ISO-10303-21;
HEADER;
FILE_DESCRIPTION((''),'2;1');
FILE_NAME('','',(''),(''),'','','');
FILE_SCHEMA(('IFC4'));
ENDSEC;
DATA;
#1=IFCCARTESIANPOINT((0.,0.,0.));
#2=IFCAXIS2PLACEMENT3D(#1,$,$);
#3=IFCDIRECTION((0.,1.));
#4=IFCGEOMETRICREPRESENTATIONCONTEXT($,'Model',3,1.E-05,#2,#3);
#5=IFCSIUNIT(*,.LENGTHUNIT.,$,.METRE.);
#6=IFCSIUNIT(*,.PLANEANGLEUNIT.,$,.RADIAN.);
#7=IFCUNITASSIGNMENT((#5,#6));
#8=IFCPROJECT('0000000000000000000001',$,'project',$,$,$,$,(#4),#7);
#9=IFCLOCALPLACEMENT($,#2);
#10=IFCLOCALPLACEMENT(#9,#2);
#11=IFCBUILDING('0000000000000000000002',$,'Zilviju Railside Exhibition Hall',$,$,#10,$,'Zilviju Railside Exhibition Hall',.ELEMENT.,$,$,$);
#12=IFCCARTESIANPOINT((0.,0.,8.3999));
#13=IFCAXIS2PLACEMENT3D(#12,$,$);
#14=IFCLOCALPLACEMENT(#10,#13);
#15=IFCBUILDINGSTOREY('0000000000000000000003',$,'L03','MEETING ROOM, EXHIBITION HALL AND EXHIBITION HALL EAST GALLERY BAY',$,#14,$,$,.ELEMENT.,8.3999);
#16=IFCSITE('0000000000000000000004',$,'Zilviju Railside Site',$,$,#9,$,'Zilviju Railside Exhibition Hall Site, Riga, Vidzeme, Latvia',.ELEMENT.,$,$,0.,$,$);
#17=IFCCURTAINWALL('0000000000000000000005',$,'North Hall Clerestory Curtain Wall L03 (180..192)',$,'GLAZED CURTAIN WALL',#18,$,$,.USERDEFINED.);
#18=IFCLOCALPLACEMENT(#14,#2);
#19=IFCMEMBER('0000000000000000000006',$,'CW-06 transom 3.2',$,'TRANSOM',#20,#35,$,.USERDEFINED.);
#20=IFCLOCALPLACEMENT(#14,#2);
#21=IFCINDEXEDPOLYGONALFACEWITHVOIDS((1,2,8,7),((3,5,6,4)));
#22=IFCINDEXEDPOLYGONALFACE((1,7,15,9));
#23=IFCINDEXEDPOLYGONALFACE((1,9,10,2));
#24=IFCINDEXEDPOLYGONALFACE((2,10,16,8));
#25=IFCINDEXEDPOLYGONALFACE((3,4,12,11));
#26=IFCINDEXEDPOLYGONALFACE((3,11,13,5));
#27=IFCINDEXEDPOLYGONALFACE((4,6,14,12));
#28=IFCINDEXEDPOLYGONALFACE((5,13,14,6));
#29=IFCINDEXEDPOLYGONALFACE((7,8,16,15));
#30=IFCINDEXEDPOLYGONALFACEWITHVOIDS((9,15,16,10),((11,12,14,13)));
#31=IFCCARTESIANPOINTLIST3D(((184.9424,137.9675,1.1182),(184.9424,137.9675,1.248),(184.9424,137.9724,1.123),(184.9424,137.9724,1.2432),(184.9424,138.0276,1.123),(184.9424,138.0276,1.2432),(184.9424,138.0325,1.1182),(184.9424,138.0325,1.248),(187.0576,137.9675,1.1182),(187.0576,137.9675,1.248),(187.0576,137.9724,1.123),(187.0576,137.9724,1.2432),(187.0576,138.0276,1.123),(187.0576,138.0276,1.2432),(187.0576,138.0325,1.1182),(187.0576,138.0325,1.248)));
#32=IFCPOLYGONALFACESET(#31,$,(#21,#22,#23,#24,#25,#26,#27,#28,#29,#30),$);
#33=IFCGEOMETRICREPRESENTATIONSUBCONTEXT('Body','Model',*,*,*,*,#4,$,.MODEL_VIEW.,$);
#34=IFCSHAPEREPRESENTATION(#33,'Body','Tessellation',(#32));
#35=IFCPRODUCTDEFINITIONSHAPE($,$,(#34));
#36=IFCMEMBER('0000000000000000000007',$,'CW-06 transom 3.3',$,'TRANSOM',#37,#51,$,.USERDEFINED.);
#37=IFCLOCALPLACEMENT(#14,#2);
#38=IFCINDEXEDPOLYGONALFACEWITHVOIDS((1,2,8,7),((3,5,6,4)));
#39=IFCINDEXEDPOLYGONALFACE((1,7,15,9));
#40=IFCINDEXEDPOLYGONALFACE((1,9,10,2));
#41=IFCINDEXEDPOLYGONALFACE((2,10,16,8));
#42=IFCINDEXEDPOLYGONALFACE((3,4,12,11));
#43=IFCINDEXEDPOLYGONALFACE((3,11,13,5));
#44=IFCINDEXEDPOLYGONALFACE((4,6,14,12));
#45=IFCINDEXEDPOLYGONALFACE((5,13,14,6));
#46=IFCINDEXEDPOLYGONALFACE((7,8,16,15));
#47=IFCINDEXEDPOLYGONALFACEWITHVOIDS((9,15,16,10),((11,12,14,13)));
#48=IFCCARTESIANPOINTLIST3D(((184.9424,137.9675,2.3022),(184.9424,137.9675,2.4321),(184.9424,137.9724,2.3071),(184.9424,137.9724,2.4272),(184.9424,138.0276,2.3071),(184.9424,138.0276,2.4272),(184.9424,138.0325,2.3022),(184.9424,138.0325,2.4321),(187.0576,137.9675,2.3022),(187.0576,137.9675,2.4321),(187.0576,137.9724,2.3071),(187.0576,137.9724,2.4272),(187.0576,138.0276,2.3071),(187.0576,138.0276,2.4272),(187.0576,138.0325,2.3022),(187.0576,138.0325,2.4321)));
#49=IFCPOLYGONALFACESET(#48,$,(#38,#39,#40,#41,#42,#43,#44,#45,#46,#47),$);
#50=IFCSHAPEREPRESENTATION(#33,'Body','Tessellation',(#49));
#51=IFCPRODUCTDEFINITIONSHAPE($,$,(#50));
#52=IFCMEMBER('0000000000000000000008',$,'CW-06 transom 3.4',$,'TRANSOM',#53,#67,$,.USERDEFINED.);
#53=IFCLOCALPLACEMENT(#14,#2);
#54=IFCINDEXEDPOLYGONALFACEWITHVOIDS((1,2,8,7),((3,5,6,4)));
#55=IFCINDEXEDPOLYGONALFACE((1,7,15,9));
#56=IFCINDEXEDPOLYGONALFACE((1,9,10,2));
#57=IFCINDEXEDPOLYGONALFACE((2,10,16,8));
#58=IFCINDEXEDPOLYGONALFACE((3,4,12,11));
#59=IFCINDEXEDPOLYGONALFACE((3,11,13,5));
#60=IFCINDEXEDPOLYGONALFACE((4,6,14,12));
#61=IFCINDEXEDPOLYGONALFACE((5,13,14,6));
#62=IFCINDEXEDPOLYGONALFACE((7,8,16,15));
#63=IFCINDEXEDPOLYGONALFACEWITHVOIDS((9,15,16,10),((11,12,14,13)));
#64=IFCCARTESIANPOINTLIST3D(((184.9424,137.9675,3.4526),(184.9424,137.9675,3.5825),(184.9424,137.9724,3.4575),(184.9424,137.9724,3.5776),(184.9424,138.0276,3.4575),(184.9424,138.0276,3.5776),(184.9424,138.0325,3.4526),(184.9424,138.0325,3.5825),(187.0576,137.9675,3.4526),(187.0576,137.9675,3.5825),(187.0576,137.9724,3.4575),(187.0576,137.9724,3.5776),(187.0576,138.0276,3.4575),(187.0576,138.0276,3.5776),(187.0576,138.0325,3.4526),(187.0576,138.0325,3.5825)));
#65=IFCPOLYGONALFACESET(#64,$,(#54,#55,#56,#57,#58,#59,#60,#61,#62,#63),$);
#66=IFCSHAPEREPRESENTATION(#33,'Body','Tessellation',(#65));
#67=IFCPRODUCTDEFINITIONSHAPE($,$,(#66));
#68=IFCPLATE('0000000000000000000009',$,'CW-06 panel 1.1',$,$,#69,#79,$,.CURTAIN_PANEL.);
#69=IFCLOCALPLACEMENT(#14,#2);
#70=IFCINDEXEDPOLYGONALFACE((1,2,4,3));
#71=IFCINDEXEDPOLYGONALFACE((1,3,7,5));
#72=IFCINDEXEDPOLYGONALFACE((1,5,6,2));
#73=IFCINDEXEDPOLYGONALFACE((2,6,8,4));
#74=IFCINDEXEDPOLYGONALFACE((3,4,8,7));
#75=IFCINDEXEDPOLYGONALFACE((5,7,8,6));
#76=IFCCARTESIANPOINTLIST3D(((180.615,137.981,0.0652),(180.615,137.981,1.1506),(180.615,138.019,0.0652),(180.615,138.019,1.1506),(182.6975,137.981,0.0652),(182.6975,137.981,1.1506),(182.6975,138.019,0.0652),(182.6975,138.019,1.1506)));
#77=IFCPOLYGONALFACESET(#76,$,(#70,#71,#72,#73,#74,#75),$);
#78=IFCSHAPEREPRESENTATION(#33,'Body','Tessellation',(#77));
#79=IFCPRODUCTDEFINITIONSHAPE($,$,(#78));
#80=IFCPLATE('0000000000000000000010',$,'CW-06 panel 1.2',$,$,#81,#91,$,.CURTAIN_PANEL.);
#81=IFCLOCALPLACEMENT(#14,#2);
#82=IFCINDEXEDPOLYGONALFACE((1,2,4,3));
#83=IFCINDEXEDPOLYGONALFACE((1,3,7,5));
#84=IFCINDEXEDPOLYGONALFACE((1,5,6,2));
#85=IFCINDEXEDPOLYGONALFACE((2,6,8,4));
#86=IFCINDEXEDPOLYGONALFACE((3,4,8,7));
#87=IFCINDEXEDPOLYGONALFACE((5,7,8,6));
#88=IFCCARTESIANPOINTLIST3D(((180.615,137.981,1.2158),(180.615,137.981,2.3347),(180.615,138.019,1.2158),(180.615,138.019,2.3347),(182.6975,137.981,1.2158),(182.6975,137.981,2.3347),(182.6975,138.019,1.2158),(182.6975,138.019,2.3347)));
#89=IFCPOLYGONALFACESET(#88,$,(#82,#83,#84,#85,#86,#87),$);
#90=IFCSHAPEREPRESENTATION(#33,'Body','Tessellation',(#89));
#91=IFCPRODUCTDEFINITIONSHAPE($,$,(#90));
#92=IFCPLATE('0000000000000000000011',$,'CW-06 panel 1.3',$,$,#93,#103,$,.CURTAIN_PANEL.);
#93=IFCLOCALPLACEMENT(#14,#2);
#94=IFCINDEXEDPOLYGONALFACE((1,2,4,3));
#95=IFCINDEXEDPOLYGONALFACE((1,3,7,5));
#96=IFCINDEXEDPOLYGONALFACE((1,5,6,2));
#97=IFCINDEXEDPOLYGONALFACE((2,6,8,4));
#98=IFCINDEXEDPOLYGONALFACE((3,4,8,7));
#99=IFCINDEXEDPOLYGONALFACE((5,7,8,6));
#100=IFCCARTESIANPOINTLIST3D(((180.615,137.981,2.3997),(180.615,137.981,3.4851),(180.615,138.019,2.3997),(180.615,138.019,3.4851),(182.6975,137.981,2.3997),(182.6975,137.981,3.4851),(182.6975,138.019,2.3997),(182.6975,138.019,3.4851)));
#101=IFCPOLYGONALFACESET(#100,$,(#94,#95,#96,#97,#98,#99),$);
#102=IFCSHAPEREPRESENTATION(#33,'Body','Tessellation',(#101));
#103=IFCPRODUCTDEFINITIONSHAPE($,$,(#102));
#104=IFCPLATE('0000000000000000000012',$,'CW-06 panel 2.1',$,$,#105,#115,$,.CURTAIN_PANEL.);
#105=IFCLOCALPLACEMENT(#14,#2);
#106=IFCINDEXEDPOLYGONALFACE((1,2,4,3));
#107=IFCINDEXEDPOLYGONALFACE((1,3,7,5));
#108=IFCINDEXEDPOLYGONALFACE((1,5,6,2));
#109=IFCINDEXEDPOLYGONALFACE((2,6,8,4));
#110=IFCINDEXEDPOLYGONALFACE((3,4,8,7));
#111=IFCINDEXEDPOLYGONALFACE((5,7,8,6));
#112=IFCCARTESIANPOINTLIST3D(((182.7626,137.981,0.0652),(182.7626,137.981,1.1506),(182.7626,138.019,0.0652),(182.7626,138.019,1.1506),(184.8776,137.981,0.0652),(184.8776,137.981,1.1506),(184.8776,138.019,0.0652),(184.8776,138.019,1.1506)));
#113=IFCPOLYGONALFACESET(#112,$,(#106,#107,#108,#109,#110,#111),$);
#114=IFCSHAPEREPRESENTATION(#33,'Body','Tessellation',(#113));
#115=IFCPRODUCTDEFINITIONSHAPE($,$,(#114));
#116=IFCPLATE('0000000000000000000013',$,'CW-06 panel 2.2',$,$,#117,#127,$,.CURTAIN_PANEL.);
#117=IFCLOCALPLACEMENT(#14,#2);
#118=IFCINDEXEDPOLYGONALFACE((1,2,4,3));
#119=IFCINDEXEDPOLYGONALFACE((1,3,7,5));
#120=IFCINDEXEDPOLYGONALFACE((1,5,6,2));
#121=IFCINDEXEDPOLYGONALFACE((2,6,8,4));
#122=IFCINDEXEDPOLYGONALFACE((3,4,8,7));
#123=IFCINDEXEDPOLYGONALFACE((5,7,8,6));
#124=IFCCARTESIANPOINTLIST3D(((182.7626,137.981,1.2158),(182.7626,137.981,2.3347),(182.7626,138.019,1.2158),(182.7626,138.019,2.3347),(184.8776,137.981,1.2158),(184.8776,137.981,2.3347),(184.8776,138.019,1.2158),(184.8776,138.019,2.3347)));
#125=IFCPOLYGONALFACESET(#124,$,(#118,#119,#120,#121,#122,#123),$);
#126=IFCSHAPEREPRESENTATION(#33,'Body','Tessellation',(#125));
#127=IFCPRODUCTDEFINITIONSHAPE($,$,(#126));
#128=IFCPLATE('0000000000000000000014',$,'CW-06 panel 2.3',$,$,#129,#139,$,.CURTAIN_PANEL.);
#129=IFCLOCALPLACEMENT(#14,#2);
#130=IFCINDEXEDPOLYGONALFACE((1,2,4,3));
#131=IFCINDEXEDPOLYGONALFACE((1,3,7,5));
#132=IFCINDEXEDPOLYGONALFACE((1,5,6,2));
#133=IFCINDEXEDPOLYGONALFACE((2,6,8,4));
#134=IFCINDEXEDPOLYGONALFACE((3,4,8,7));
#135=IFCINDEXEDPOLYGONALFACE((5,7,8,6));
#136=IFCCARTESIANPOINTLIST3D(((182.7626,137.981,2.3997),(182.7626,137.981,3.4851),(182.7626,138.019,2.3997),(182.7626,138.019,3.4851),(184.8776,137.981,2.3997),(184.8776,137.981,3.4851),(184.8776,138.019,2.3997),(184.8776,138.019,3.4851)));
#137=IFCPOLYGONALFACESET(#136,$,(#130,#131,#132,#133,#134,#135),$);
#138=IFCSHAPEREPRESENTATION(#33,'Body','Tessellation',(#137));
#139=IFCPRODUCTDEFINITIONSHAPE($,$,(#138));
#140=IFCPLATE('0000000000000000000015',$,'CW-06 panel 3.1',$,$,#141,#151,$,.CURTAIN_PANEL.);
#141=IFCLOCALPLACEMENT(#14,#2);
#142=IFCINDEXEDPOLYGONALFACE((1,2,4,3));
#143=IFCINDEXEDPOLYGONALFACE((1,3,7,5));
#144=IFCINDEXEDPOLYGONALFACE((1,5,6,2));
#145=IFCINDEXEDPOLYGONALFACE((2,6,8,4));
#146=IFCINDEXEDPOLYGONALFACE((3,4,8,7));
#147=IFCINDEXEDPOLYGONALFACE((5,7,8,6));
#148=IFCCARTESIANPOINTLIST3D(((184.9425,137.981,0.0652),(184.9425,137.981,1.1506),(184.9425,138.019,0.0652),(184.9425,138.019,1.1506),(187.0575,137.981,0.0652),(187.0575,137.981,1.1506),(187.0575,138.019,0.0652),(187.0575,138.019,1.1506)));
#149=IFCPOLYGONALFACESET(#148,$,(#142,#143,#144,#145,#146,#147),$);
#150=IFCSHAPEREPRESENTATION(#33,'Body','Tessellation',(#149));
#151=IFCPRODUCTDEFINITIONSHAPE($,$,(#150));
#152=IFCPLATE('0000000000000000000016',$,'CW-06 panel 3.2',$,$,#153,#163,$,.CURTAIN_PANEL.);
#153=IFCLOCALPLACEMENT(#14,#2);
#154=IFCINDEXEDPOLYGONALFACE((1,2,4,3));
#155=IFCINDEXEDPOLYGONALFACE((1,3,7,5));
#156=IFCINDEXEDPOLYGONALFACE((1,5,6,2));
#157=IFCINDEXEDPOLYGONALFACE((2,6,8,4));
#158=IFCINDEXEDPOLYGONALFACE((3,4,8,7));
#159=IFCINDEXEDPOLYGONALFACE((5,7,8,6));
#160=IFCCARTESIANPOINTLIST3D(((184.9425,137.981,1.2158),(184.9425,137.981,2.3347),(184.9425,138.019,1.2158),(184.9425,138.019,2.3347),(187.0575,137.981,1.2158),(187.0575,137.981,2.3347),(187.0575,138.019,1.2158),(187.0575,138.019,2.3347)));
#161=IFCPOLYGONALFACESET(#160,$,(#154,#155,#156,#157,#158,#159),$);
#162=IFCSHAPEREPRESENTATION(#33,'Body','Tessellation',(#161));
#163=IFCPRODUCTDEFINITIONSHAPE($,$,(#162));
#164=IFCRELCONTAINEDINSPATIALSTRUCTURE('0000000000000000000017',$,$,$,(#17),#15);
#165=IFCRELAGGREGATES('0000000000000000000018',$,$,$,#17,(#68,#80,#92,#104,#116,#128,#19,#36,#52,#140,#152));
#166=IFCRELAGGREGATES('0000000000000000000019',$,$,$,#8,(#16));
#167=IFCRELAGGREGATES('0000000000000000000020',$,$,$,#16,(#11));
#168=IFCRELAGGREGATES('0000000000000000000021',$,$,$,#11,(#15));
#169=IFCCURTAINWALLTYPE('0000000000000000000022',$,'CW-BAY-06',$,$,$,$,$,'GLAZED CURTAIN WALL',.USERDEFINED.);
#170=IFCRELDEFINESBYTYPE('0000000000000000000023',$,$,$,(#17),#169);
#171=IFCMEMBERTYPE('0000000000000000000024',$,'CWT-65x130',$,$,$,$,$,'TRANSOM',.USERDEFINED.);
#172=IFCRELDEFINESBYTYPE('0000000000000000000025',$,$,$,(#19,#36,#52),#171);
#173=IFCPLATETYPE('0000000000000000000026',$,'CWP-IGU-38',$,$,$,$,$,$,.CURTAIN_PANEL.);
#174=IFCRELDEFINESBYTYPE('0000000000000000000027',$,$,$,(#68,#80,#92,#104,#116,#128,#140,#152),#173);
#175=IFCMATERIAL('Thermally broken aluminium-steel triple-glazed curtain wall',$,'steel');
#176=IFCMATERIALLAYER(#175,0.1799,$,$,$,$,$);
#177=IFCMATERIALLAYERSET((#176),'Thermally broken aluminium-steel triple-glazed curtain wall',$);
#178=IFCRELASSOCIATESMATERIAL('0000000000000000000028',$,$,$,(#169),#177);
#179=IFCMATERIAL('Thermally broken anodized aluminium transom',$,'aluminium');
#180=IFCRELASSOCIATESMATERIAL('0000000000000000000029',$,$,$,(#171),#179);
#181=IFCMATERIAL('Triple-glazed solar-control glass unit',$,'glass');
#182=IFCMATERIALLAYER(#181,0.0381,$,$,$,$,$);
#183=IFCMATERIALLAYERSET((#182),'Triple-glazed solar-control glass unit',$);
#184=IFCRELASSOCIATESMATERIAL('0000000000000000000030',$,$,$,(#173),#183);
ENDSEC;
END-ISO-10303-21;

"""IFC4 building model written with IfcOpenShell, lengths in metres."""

from ifc_helpers import new_model, si_unit, direction, frame, origin, origin_2d, place, context, subcontext, project, spatial, rectangle, hollow_rectangle, extrude, material, layer, layer_set, material_profile, profile_set, type_object, element, aggregate, save


model = new_model("IFC4")

# Units and contexts
model_context = context("Model", 3, precision=1e-05, world=origin(), true_north=direction((0.0, 1.0)))
body_context = subcontext(model_context, "Body", "Model", "MODEL_VIEW")
ifc_project = project(units=[si_unit("LENGTHUNIT", "METRE"), si_unit("PLANEANGLEUNIT", "RADIAN")], contexts=[model_context])

# Site, building, storey
site_placement = place(None, origin())
site = spatial("IfcSite", under=ifc_project, at=site_placement, Name="Zilviju Railside Site", LongName="Zilviju Railside Exhibition Hall Site, Riga, Vidzeme, Latvia", CompositionType="ELEMENT", RefElevation=0.0)
building_placement = place(site_placement, origin())
building = spatial("IfcBuilding", under=site, at=building_placement, Name="Zilviju Railside Exhibition Hall", LongName="Zilviju Railside Exhibition Hall", CompositionType="ELEMENT")
storey_placement = place(building_placement, frame((0.0, 0.0, 8.3999)))
storey = spatial("IfcBuildingStorey", under=building, at=storey_placement, Name="L03", Description="MEETING ROOM, EXHIBITION HALL AND EXHIBITION HALL EAST GALLERY BAY", CompositionType="ELEMENT", Elevation=8.3999)

# Curtain wall, members, plates
ifc_material_1 = material(Name="Thermally broken aluminium-steel triple-glazed curtain wall", Category="steel")
ifc_layer_1 = layer(ifc_material_1, 0.1799)
ifc_layer_set_1 = layer_set([ifc_layer_1], Name="Thermally broken aluminium-steel triple-glazed curtain wall")
curtain_wall_type = type_object("IfcCurtainWallType", Name="CW-BAY-06", ElementType="GLAZED CURTAIN WALL", PredefinedType="USERDEFINED", material=ifc_layer_set_1)
curtain_wall_placement = place(storey_placement, origin())
curtain_wall = element("IfcCurtainWall", 1, at=curtain_wall_placement, inside=storey, type_object=curtain_wall_type, Name="North Hall Clerestory Curtain Wall L03 (180..192)", ObjectType="GLAZED CURTAIN WALL", PredefinedType="USERDEFINED")
ifc_material_2 = material(Name="Thermally broken anodized aluminium transom", Category="aluminium")
ifc_material_profile_1 = material_profile(ifc_material_2, hollow_rectangle(XDim=0.0649, YDim=0.1299, WallThickness=0.0049, at=origin_2d()), Name="TRANSOM 130x65x5")
ifc_profile_set_1 = profile_set([ifc_material_profile_1], Name="Thermally broken anodized aluminium transom")
member_type_1 = type_object("IfcMemberType", Name="CWT-65x130", ElementType="TRANSOM", PredefinedType="USERDEFINED", material=ifc_profile_set_1)
member_1_placement = place(storey_placement, frame((184.9424, 138.0, 1.1831), z_axis=(1.0, 0.0, 0.0), x_axis=(0.0, 1.0, 0.0)))
member_1 = element("IfcMember", 2, at=member_1_placement, type_object=member_type_1, Name="CW-06 transom 3.2", ObjectType="TRANSOM", PredefinedType="USERDEFINED", context=body_context, shape_type="SweptSolid", body=[
    extrude(hollow_rectangle(XDim=0.0649, YDim=0.1299, WallThickness=0.0049, at=origin_2d()), origin(), (0.0, 0.0, 1.0), 2.1152),
])
member_2_placement = place(storey_placement, frame((184.9424, 138.0, 2.3672), z_axis=(1.0, 0.0, 0.0), x_axis=(0.0, 1.0, 0.0)))
member_2 = element("IfcMember", 3, at=member_2_placement, type_object=member_type_1, Name="CW-06 transom 3.3", ObjectType="TRANSOM", PredefinedType="USERDEFINED", context=body_context, shape_type="SweptSolid", body=[
    extrude(hollow_rectangle(XDim=0.0649, YDim=0.1299, WallThickness=0.0049, at=origin_2d()), origin(), (0.0, 0.0, 1.0), 2.1152),
])
member_3_placement = place(storey_placement, frame((184.9424, 138.0, 3.5176), z_axis=(1.0, 0.0, 0.0), x_axis=(0.0, 1.0, 0.0)))
member_3 = element("IfcMember", 4, at=member_3_placement, type_object=member_type_1, Name="CW-06 transom 3.4", ObjectType="TRANSOM", PredefinedType="USERDEFINED", context=body_context, shape_type="SweptSolid", body=[
    extrude(hollow_rectangle(XDim=0.0649, YDim=0.1299, WallThickness=0.0049, at=origin_2d()), origin(), (0.0, 0.0, 1.0), 2.1152),
])
ifc_material_3 = material(Name="Triple-glazed solar-control glass unit", Category="glass")
ifc_layer_2 = layer(ifc_material_3, 0.0381)
ifc_layer_set_2 = layer_set([ifc_layer_2], Name="Triple-glazed solar-control glass unit")
plate_type = type_object("IfcPlateType", Name="CWP-IGU-38", PredefinedType="CURTAIN_PANEL", material=ifc_layer_set_2)
plate_1_placement = place(storey_placement, frame((181.6562, 138.0, 0.0652), z_axis=(0.0, 0.0, 1.0), x_axis=(1.0, 0.0, 0.0)))
plate_1 = element("IfcPlate", 5, at=plate_1_placement, type_object=plate_type, Name="CW-06 panel 1.1", PredefinedType="CURTAIN_PANEL", context=body_context, shape_type="SweptSolid", body=[
    extrude(rectangle(XDim=2.0825, YDim=0.0381, at=origin_2d()), origin(), (0.0, 0.0, 1.0), 1.0854),
])
plate_2_placement = place(storey_placement, frame((181.6562, 138.0, 1.2158), z_axis=(0.0, 0.0, 1.0), x_axis=(1.0, 0.0, 0.0)))
plate_2 = element("IfcPlate", 6, at=plate_2_placement, type_object=plate_type, Name="CW-06 panel 1.2", PredefinedType="CURTAIN_PANEL", context=body_context, shape_type="SweptSolid", body=[
    extrude(rectangle(XDim=2.0825, YDim=0.0381, at=origin_2d()), origin(), (0.0, 0.0, 1.0), 1.1189),
])
plate_3_placement = place(storey_placement, frame((181.6562, 138.0, 2.3997), z_axis=(0.0, 0.0, 1.0), x_axis=(1.0, 0.0, 0.0)))
plate_3 = element("IfcPlate", 7, at=plate_3_placement, type_object=plate_type, Name="CW-06 panel 1.3", PredefinedType="CURTAIN_PANEL", context=body_context, shape_type="SweptSolid", body=[
    extrude(rectangle(XDim=2.0825, YDim=0.0381, at=origin_2d()), origin(), (0.0, 0.0, 1.0), 1.0854),
])
plate_4_placement = place(storey_placement, frame((183.8201, 138.0, 0.0652), z_axis=(0.0, 0.0, 1.0), x_axis=(1.0, 0.0, 0.0)))
plate_4 = element("IfcPlate", 8, at=plate_4_placement, type_object=plate_type, Name="CW-06 panel 2.1", PredefinedType="CURTAIN_PANEL", context=body_context, shape_type="SweptSolid", body=[
    extrude(rectangle(XDim=2.115, YDim=0.0381, at=origin_2d()), origin(), (0.0, 0.0, 1.0), 1.0854),
])
plate_5_placement = place(storey_placement, frame((183.8201, 138.0, 1.2158), z_axis=(0.0, 0.0, 1.0), x_axis=(1.0, 0.0, 0.0)))
plate_5 = element("IfcPlate", 9, at=plate_5_placement, type_object=plate_type, Name="CW-06 panel 2.2", PredefinedType="CURTAIN_PANEL", context=body_context, shape_type="SweptSolid", body=[
    extrude(rectangle(XDim=2.115, YDim=0.0381, at=origin_2d()), origin(), (0.0, 0.0, 1.0), 1.1189),
])
plate_6_placement = place(storey_placement, frame((183.8201, 138.0, 2.3997), z_axis=(0.0, 0.0, 1.0), x_axis=(1.0, 0.0, 0.0)))
plate_6 = element("IfcPlate", 10, at=plate_6_placement, type_object=plate_type, Name="CW-06 panel 2.3", PredefinedType="CURTAIN_PANEL", context=body_context, shape_type="SweptSolid", body=[
    extrude(rectangle(XDim=2.115, YDim=0.0381, at=origin_2d()), origin(), (0.0, 0.0, 1.0), 1.0854),
])
plate_7_placement = place(storey_placement, frame((186.0, 138.0, 0.0652), z_axis=(0.0, 0.0, 1.0), x_axis=(1.0, 0.0, 0.0)))
plate_7 = element("IfcPlate", 11, at=plate_7_placement, type_object=plate_type, Name="CW-06 panel 3.1", PredefinedType="CURTAIN_PANEL", context=body_context, shape_type="SweptSolid", body=[
    extrude(rectangle(XDim=2.115, YDim=0.0381, at=origin_2d()), origin(), (0.0, 0.0, 1.0), 1.0854),
])
plate_8_placement = place(storey_placement, frame((186.0, 138.0, 1.2158), z_axis=(0.0, 0.0, 1.0), x_axis=(1.0, 0.0, 0.0)))
plate_8 = element("IfcPlate", 12, at=plate_8_placement, type_object=plate_type, Name="CW-06 panel 3.2", PredefinedType="CURTAIN_PANEL", context=body_context, shape_type="SweptSolid", body=[
    extrude(rectangle(XDim=2.115, YDim=0.0381, at=origin_2d()), origin(), (0.0, 0.0, 1.0), 1.1189),
])
aggregate(curtain_wall, [plate_1, plate_2, plate_3, plate_4, plate_5, plate_6, member_1, member_2, member_3, plate_7, plate_8])

save(model, "model.ifc")
